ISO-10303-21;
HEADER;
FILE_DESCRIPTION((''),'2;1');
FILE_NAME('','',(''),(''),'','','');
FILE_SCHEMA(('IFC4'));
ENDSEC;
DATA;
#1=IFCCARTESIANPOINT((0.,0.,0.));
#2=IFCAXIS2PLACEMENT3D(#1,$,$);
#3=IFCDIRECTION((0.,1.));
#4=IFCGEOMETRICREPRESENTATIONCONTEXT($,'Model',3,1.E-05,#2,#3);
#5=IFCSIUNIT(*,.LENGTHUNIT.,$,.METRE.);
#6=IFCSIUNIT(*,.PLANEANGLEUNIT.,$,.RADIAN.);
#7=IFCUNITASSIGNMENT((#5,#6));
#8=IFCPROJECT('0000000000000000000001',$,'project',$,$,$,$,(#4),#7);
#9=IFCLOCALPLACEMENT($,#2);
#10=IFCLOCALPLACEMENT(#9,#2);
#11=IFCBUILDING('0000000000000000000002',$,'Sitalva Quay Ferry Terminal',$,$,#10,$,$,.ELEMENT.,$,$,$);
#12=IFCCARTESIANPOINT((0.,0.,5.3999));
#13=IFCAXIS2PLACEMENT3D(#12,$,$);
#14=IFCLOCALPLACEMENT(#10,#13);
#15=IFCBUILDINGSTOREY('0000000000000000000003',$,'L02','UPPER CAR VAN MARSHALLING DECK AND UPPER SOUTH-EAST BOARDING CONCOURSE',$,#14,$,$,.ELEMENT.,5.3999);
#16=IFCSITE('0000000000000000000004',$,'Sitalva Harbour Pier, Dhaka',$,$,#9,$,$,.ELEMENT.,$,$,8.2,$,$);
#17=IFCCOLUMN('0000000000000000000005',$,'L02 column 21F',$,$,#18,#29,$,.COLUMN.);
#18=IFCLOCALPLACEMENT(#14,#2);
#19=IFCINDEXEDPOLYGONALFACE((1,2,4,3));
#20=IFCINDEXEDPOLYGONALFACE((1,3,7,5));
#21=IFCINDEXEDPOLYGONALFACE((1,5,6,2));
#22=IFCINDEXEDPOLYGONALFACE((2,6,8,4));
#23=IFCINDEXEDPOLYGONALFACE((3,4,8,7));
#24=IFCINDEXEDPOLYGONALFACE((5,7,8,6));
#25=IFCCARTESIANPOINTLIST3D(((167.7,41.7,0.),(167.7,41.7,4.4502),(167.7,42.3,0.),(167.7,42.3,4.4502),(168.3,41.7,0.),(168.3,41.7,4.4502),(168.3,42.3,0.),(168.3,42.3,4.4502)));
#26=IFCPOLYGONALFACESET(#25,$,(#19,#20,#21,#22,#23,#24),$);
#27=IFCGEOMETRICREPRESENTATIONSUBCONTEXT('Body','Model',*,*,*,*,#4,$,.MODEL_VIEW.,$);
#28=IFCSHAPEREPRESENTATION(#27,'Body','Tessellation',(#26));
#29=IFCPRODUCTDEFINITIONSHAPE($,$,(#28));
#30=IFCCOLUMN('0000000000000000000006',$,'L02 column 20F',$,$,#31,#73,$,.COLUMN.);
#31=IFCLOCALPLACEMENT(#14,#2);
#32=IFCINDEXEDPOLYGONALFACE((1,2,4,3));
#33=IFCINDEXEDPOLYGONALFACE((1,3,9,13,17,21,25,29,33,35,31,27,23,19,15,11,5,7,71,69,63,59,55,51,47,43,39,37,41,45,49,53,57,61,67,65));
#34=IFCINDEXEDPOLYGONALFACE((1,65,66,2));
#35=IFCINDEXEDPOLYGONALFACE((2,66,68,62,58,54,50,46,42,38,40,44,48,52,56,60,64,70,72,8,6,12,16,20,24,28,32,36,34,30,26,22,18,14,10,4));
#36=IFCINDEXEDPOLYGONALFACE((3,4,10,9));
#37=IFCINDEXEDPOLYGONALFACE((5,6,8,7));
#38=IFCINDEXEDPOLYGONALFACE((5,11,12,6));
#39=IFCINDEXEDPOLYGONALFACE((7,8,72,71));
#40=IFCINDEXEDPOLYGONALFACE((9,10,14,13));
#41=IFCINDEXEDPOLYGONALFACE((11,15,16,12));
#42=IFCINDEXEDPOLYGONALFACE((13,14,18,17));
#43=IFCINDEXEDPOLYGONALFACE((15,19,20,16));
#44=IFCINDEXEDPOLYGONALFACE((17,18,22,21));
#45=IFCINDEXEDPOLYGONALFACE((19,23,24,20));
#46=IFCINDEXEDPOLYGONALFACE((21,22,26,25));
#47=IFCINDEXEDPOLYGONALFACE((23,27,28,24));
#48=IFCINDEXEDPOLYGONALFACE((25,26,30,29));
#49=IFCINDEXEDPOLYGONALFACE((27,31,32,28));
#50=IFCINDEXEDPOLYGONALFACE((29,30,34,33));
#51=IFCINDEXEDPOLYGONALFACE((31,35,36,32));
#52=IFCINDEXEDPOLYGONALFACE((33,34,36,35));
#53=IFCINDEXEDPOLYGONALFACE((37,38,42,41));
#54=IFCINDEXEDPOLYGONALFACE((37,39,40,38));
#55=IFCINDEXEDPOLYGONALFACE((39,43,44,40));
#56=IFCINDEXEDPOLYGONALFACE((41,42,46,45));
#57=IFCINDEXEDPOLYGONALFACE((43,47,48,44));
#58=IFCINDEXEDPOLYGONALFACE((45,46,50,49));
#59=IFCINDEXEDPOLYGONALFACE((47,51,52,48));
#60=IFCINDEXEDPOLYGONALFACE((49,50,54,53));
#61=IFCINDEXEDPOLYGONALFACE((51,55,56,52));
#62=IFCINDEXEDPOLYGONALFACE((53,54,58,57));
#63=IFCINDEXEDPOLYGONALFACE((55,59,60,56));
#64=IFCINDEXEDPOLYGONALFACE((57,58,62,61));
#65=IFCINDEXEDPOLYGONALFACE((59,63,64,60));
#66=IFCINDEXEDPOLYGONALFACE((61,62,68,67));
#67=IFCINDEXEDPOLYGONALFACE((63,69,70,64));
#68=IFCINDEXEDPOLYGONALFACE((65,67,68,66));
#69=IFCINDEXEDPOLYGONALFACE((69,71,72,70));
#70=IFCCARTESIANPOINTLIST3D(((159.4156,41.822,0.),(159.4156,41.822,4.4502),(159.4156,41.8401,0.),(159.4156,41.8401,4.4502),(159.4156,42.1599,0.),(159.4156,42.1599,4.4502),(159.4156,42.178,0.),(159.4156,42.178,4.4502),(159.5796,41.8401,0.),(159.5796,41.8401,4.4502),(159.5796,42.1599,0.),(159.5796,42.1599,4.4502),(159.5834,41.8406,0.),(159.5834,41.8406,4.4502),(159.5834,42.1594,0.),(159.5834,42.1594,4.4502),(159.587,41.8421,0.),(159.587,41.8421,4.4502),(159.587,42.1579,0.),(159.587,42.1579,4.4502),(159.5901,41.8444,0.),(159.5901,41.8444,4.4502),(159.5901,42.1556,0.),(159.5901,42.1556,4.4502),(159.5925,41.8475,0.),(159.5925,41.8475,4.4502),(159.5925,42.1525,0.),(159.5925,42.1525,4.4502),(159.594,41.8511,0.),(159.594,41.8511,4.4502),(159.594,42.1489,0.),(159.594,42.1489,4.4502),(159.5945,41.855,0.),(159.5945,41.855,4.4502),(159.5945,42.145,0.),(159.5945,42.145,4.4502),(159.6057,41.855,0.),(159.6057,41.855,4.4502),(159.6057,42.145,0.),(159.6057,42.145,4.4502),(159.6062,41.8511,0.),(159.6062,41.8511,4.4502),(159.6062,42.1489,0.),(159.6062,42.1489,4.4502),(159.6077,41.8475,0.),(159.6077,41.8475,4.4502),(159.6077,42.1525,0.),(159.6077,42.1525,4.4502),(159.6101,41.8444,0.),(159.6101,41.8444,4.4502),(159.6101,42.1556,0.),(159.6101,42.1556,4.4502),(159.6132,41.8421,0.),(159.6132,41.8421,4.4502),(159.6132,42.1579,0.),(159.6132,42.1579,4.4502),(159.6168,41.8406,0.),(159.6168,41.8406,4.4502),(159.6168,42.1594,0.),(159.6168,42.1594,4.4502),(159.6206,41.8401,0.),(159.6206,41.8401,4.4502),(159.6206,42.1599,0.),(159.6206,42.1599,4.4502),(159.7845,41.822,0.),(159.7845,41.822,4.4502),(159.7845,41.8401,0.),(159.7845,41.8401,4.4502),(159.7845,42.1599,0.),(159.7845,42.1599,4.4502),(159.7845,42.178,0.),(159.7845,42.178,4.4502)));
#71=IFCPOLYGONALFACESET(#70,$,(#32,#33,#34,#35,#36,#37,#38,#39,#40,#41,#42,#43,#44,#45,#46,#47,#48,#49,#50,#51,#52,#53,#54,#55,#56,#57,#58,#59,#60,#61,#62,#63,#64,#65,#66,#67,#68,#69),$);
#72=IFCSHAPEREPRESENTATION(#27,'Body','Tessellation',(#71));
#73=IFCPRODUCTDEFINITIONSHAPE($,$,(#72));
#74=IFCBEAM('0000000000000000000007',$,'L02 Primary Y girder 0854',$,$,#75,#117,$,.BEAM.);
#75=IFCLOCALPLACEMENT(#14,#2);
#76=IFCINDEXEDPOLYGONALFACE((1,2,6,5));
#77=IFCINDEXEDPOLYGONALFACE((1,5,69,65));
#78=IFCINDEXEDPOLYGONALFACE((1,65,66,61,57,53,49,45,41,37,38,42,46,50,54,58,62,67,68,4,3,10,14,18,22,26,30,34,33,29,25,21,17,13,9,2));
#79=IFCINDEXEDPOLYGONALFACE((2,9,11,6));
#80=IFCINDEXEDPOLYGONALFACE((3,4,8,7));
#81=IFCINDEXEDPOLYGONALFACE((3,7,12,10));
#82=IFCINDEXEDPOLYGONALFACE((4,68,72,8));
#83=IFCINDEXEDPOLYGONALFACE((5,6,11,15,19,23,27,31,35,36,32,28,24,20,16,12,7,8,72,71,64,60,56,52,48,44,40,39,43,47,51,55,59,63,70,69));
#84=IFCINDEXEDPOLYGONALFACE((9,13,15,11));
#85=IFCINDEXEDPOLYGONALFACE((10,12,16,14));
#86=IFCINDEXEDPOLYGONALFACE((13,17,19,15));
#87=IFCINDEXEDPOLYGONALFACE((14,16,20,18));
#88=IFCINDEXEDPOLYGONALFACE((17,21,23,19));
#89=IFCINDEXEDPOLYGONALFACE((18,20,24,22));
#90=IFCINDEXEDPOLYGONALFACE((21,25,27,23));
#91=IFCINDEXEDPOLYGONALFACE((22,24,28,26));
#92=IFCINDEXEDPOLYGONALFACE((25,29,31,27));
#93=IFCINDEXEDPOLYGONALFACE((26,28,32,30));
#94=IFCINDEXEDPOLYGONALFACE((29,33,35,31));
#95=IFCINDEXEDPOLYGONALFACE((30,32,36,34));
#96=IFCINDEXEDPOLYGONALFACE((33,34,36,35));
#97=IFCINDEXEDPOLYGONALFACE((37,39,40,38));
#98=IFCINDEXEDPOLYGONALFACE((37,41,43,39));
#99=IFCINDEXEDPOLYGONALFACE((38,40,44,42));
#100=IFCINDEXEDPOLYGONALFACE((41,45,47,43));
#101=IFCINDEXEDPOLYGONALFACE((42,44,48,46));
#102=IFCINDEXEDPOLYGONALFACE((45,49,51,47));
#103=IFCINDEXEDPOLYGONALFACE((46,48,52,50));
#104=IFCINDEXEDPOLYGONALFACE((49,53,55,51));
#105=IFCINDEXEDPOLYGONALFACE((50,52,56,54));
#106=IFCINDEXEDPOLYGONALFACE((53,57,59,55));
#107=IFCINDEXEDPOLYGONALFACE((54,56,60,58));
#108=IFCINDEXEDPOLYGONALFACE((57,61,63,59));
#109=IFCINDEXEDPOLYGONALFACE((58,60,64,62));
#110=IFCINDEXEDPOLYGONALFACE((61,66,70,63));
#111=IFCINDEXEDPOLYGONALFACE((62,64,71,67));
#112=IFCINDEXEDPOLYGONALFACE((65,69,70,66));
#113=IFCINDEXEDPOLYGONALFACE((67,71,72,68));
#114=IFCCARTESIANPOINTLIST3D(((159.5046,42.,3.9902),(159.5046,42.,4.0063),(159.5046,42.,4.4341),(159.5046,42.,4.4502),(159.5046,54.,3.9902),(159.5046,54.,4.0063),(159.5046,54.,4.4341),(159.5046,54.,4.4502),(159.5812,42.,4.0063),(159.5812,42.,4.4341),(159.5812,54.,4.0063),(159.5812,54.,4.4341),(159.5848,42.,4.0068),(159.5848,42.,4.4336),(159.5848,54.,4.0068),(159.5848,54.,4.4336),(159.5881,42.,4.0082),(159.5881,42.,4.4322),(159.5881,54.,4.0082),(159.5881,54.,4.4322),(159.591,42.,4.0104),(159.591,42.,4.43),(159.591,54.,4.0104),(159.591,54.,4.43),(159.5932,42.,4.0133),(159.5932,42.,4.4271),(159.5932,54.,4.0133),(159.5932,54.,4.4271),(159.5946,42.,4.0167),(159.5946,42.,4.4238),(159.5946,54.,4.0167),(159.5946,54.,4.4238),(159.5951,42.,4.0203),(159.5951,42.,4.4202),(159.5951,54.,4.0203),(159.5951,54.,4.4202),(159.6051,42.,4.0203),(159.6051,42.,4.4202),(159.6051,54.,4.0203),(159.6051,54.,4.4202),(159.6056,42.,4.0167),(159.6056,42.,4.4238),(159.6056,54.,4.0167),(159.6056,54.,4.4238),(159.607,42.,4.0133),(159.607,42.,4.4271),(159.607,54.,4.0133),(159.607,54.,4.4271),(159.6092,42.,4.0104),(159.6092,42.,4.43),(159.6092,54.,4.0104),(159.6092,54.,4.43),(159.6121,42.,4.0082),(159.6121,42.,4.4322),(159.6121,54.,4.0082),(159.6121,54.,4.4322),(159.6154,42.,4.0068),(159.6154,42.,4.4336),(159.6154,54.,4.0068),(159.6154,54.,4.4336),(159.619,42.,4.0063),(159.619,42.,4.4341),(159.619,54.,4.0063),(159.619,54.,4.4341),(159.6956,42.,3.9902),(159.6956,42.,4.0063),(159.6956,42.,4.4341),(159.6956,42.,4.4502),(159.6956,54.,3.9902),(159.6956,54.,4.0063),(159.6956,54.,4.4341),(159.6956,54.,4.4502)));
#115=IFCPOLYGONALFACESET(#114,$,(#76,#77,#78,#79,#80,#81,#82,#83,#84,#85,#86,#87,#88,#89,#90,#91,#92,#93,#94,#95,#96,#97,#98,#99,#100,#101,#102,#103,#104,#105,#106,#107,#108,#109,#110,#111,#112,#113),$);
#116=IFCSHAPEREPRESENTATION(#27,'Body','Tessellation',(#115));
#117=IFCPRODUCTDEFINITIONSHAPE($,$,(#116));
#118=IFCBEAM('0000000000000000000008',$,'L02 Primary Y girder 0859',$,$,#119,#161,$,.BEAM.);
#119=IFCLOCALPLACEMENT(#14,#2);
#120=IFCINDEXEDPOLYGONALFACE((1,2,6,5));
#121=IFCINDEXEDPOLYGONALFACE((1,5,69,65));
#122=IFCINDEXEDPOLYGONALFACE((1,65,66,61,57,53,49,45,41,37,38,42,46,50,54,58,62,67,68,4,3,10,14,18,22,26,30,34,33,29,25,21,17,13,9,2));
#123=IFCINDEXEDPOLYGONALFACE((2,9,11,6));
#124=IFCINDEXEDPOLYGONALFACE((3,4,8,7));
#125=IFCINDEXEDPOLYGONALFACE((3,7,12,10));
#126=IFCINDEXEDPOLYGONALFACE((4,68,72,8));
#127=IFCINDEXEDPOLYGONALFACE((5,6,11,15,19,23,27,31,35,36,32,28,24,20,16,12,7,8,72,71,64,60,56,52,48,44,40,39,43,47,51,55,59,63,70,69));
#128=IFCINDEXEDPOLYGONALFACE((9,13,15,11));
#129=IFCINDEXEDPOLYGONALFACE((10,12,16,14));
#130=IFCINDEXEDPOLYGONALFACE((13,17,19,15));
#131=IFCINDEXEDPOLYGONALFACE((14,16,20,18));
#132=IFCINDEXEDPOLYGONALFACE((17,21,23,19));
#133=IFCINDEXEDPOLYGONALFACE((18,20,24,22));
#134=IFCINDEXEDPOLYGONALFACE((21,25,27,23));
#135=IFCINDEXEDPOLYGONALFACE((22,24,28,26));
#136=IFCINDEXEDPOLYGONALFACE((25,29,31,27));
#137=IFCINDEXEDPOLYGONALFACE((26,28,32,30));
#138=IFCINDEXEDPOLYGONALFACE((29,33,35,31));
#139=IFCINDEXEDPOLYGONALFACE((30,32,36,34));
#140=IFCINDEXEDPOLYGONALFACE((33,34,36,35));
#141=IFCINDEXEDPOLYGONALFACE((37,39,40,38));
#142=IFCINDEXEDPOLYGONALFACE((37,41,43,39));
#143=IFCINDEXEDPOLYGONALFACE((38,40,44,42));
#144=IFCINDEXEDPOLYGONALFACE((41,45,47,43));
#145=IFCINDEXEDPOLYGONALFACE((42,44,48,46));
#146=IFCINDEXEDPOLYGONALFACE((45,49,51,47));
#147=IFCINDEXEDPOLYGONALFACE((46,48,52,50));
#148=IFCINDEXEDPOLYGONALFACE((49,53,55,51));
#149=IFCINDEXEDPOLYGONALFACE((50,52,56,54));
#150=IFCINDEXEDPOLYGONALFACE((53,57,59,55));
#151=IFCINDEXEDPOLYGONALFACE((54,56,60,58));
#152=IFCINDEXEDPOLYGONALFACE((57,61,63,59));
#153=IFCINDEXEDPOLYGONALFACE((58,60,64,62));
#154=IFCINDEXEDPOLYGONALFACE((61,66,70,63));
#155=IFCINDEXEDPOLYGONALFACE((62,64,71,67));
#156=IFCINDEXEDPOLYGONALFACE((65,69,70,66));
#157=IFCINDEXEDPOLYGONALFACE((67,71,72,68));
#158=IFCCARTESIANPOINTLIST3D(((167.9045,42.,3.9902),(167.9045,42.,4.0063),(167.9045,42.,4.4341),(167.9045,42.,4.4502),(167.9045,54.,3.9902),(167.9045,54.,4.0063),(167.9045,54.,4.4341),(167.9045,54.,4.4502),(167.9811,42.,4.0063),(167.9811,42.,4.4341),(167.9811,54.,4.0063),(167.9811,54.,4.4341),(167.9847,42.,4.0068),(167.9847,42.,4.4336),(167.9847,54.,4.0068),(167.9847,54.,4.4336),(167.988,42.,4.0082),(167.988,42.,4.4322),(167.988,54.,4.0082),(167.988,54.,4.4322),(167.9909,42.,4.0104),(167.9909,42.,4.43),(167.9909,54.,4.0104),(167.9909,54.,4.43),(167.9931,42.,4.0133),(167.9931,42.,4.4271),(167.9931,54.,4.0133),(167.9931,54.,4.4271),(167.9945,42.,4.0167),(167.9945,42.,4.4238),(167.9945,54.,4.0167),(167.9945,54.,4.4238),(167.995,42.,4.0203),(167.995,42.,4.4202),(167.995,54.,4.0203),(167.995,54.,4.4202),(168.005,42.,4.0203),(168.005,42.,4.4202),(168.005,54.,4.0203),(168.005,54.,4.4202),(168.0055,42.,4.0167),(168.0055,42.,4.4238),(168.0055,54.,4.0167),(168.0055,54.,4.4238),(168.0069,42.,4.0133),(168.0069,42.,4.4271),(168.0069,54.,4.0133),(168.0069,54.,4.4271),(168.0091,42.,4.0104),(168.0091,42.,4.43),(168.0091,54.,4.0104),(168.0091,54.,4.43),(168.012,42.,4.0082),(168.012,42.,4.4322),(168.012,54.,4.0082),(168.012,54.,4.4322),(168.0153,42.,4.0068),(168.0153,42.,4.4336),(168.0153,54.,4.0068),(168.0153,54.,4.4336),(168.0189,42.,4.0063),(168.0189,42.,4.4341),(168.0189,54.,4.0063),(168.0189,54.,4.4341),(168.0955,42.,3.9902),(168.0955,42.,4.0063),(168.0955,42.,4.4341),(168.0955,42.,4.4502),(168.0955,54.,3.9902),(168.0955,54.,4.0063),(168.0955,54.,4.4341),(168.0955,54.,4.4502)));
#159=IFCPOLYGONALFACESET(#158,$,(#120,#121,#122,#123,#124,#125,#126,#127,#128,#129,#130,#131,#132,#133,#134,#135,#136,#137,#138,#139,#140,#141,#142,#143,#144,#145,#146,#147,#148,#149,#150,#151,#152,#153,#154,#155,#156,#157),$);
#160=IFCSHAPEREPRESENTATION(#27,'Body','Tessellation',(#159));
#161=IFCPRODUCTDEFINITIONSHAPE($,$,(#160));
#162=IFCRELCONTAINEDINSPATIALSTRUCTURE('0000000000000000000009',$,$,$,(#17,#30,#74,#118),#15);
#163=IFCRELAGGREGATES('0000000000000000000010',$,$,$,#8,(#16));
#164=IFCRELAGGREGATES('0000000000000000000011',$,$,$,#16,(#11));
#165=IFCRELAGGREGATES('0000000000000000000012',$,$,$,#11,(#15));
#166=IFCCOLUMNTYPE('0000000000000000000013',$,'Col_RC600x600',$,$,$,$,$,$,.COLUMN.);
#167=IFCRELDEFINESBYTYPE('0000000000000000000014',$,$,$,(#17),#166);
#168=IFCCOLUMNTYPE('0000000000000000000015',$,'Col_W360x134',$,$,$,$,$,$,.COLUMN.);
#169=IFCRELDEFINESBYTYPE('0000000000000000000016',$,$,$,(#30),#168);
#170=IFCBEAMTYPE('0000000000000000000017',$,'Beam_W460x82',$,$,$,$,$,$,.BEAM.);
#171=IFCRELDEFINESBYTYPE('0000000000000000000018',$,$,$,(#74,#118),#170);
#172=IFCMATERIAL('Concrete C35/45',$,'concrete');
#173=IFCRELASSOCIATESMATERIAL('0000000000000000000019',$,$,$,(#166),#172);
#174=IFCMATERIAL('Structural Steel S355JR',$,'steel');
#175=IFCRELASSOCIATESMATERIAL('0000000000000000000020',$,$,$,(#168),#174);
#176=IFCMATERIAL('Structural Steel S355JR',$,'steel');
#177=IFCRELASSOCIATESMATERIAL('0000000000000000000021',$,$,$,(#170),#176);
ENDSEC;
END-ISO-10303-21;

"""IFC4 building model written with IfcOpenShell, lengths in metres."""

from ifc_helpers import new_model, si_unit, direction, frame, origin, origin_2d, place, context, subcontext, project, spatial, rectangle, i_section, extrude, material, material_profile, profile_set, type_object, element, save


model = new_model("IFC4")

# Units and contexts
model_context = context("Model", 3, precision=1e-05, world=origin(), true_north=direction((0.0, 1.0)))
body_context = subcontext(model_context, "Body", "Model", "MODEL_VIEW")
ifc_project = project(units=[si_unit("LENGTHUNIT", "METRE"), si_unit("PLANEANGLEUNIT", "RADIAN")], contexts=[model_context])

# Site, building, storey
site_placement = place(None, origin())
site = spatial("IfcSite", under=ifc_project, at=site_placement, Name="Sitalva Harbour Pier, Dhaka", CompositionType="ELEMENT", RefElevation=8.2)
building_placement = place(site_placement, origin())
building = spatial("IfcBuilding", under=site, at=building_placement, Name="Sitalva Quay Ferry Terminal", CompositionType="ELEMENT")
storey_placement = place(building_placement, frame((0.0, 0.0, 5.3999)))
storey = spatial("IfcBuildingStorey", under=building, at=storey_placement, Name="L02", Description="UPPER CAR VAN MARSHALLING DECK AND UPPER SOUTH-EAST BOARDING CONCOURSE", CompositionType="ELEMENT", Elevation=5.3999)

# Columns
ifc_material_1 = material(Name="Concrete C35/45", Category="concrete")
ifc_material_profile_1 = material_profile(ifc_material_1, rectangle(XDim=0.6001, YDim=0.6001, at=origin_2d()), Name="RC600x600")
ifc_profile_set_1 = profile_set([ifc_material_profile_1], Name="Concrete C35/45")
column_type_1 = type_object("IfcColumnType", Name="Col_RC600x600", PredefinedType="COLUMN", material=ifc_profile_set_1)
column_1_placement = place(storey_placement, frame((168.0, 42.0, 0.0), z_axis=(0.0, 0.0, 1.0), x_axis=(1.0, 0.0, 0.0)))
element("IfcColumn", 1, at=column_1_placement, inside=storey, type_object=column_type_1, Name="L02 column 21F", PredefinedType="COLUMN", context=body_context, shape_type="SweptSolid", body=[
    extrude(rectangle(XDim=0.6001, YDim=0.6001, at=origin_2d()), origin(), (0.0, 0.0, 1.0), 4.4502),
])
ifc_material_2 = material(Name="Structural Steel S355JR", Category="steel")
ifc_material_profile_2 = material_profile(ifc_material_2, i_section(OverallWidth=0.3689, OverallDepth=0.356, WebThickness=0.0112, FlangeThickness=0.0181, FilletRadius=0.0149, at=origin_2d()), Name="W360x134")
ifc_profile_set_2 = profile_set([ifc_material_profile_2], Name="Structural Steel S355JR")
column_type_2 = type_object("IfcColumnType", Name="Col_W360x134", PredefinedType="COLUMN", material=ifc_profile_set_2)
column_2_placement = place(storey_placement, frame((159.6001, 42.0, 0.0), z_axis=(0.0, 0.0, 1.0), x_axis=(1.0, 0.0, 0.0)))
element("IfcColumn", 2, at=column_2_placement, inside=storey, type_object=column_type_2, Name="L02 column 20F", PredefinedType="COLUMN", context=body_context, shape_type="SweptSolid", body=[
    extrude(i_section(OverallWidth=0.3689, OverallDepth=0.356, WebThickness=0.0112, FlangeThickness=0.0181, FilletRadius=0.0149, at=origin_2d()), origin(), (0.0, 0.0, 1.0), 4.4502),
])

# Beams
ifc_material_3 = material(Name="Structural Steel S355JR", Category="steel")
ifc_material_profile_3 = material_profile(ifc_material_3, i_section(OverallWidth=0.1909, OverallDepth=0.46, WebThickness=0.01, FlangeThickness=0.0161, FilletRadius=0.0139, at=origin_2d()), Name="W460x82")
ifc_profile_set_3 = profile_set([ifc_material_profile_3], Name="Structural Steel S355JR")
beam_type_1 = type_object("IfcBeamType", Name="Beam_W460x82", PredefinedType="BEAM", material=ifc_profile_set_3)
for number, where, z_axis, x_axis, name in (
    (3, (159.6001, 42.0, 4.2202), (0.0, 1.0, 0.0), (-1.0, 0.0, 0.0), "L02 Primary Y girder 0854"),
    (4, (168.0, 42.0, 4.2202), (0.0, 1.0, 0.0), (-1.0, 0.0, 0.0), "L02 Primary Y girder 0859"),
):
    element("IfcBeam", number, at=place(storey_placement, frame(where, z_axis=z_axis, x_axis=x_axis)), inside=storey, type_object=beam_type_1, Name=name, PredefinedType="BEAM", context=body_context, shape_type="SweptSolid", body=[
        extrude(i_section(OverallWidth=0.1909, OverallDepth=0.46, WebThickness=0.01, FlangeThickness=0.0161, FilletRadius=0.0139, at=origin_2d()), origin(), (0.0, 0.0, 1.0), 12.0),
    ])

save(model, "model.ifc")
